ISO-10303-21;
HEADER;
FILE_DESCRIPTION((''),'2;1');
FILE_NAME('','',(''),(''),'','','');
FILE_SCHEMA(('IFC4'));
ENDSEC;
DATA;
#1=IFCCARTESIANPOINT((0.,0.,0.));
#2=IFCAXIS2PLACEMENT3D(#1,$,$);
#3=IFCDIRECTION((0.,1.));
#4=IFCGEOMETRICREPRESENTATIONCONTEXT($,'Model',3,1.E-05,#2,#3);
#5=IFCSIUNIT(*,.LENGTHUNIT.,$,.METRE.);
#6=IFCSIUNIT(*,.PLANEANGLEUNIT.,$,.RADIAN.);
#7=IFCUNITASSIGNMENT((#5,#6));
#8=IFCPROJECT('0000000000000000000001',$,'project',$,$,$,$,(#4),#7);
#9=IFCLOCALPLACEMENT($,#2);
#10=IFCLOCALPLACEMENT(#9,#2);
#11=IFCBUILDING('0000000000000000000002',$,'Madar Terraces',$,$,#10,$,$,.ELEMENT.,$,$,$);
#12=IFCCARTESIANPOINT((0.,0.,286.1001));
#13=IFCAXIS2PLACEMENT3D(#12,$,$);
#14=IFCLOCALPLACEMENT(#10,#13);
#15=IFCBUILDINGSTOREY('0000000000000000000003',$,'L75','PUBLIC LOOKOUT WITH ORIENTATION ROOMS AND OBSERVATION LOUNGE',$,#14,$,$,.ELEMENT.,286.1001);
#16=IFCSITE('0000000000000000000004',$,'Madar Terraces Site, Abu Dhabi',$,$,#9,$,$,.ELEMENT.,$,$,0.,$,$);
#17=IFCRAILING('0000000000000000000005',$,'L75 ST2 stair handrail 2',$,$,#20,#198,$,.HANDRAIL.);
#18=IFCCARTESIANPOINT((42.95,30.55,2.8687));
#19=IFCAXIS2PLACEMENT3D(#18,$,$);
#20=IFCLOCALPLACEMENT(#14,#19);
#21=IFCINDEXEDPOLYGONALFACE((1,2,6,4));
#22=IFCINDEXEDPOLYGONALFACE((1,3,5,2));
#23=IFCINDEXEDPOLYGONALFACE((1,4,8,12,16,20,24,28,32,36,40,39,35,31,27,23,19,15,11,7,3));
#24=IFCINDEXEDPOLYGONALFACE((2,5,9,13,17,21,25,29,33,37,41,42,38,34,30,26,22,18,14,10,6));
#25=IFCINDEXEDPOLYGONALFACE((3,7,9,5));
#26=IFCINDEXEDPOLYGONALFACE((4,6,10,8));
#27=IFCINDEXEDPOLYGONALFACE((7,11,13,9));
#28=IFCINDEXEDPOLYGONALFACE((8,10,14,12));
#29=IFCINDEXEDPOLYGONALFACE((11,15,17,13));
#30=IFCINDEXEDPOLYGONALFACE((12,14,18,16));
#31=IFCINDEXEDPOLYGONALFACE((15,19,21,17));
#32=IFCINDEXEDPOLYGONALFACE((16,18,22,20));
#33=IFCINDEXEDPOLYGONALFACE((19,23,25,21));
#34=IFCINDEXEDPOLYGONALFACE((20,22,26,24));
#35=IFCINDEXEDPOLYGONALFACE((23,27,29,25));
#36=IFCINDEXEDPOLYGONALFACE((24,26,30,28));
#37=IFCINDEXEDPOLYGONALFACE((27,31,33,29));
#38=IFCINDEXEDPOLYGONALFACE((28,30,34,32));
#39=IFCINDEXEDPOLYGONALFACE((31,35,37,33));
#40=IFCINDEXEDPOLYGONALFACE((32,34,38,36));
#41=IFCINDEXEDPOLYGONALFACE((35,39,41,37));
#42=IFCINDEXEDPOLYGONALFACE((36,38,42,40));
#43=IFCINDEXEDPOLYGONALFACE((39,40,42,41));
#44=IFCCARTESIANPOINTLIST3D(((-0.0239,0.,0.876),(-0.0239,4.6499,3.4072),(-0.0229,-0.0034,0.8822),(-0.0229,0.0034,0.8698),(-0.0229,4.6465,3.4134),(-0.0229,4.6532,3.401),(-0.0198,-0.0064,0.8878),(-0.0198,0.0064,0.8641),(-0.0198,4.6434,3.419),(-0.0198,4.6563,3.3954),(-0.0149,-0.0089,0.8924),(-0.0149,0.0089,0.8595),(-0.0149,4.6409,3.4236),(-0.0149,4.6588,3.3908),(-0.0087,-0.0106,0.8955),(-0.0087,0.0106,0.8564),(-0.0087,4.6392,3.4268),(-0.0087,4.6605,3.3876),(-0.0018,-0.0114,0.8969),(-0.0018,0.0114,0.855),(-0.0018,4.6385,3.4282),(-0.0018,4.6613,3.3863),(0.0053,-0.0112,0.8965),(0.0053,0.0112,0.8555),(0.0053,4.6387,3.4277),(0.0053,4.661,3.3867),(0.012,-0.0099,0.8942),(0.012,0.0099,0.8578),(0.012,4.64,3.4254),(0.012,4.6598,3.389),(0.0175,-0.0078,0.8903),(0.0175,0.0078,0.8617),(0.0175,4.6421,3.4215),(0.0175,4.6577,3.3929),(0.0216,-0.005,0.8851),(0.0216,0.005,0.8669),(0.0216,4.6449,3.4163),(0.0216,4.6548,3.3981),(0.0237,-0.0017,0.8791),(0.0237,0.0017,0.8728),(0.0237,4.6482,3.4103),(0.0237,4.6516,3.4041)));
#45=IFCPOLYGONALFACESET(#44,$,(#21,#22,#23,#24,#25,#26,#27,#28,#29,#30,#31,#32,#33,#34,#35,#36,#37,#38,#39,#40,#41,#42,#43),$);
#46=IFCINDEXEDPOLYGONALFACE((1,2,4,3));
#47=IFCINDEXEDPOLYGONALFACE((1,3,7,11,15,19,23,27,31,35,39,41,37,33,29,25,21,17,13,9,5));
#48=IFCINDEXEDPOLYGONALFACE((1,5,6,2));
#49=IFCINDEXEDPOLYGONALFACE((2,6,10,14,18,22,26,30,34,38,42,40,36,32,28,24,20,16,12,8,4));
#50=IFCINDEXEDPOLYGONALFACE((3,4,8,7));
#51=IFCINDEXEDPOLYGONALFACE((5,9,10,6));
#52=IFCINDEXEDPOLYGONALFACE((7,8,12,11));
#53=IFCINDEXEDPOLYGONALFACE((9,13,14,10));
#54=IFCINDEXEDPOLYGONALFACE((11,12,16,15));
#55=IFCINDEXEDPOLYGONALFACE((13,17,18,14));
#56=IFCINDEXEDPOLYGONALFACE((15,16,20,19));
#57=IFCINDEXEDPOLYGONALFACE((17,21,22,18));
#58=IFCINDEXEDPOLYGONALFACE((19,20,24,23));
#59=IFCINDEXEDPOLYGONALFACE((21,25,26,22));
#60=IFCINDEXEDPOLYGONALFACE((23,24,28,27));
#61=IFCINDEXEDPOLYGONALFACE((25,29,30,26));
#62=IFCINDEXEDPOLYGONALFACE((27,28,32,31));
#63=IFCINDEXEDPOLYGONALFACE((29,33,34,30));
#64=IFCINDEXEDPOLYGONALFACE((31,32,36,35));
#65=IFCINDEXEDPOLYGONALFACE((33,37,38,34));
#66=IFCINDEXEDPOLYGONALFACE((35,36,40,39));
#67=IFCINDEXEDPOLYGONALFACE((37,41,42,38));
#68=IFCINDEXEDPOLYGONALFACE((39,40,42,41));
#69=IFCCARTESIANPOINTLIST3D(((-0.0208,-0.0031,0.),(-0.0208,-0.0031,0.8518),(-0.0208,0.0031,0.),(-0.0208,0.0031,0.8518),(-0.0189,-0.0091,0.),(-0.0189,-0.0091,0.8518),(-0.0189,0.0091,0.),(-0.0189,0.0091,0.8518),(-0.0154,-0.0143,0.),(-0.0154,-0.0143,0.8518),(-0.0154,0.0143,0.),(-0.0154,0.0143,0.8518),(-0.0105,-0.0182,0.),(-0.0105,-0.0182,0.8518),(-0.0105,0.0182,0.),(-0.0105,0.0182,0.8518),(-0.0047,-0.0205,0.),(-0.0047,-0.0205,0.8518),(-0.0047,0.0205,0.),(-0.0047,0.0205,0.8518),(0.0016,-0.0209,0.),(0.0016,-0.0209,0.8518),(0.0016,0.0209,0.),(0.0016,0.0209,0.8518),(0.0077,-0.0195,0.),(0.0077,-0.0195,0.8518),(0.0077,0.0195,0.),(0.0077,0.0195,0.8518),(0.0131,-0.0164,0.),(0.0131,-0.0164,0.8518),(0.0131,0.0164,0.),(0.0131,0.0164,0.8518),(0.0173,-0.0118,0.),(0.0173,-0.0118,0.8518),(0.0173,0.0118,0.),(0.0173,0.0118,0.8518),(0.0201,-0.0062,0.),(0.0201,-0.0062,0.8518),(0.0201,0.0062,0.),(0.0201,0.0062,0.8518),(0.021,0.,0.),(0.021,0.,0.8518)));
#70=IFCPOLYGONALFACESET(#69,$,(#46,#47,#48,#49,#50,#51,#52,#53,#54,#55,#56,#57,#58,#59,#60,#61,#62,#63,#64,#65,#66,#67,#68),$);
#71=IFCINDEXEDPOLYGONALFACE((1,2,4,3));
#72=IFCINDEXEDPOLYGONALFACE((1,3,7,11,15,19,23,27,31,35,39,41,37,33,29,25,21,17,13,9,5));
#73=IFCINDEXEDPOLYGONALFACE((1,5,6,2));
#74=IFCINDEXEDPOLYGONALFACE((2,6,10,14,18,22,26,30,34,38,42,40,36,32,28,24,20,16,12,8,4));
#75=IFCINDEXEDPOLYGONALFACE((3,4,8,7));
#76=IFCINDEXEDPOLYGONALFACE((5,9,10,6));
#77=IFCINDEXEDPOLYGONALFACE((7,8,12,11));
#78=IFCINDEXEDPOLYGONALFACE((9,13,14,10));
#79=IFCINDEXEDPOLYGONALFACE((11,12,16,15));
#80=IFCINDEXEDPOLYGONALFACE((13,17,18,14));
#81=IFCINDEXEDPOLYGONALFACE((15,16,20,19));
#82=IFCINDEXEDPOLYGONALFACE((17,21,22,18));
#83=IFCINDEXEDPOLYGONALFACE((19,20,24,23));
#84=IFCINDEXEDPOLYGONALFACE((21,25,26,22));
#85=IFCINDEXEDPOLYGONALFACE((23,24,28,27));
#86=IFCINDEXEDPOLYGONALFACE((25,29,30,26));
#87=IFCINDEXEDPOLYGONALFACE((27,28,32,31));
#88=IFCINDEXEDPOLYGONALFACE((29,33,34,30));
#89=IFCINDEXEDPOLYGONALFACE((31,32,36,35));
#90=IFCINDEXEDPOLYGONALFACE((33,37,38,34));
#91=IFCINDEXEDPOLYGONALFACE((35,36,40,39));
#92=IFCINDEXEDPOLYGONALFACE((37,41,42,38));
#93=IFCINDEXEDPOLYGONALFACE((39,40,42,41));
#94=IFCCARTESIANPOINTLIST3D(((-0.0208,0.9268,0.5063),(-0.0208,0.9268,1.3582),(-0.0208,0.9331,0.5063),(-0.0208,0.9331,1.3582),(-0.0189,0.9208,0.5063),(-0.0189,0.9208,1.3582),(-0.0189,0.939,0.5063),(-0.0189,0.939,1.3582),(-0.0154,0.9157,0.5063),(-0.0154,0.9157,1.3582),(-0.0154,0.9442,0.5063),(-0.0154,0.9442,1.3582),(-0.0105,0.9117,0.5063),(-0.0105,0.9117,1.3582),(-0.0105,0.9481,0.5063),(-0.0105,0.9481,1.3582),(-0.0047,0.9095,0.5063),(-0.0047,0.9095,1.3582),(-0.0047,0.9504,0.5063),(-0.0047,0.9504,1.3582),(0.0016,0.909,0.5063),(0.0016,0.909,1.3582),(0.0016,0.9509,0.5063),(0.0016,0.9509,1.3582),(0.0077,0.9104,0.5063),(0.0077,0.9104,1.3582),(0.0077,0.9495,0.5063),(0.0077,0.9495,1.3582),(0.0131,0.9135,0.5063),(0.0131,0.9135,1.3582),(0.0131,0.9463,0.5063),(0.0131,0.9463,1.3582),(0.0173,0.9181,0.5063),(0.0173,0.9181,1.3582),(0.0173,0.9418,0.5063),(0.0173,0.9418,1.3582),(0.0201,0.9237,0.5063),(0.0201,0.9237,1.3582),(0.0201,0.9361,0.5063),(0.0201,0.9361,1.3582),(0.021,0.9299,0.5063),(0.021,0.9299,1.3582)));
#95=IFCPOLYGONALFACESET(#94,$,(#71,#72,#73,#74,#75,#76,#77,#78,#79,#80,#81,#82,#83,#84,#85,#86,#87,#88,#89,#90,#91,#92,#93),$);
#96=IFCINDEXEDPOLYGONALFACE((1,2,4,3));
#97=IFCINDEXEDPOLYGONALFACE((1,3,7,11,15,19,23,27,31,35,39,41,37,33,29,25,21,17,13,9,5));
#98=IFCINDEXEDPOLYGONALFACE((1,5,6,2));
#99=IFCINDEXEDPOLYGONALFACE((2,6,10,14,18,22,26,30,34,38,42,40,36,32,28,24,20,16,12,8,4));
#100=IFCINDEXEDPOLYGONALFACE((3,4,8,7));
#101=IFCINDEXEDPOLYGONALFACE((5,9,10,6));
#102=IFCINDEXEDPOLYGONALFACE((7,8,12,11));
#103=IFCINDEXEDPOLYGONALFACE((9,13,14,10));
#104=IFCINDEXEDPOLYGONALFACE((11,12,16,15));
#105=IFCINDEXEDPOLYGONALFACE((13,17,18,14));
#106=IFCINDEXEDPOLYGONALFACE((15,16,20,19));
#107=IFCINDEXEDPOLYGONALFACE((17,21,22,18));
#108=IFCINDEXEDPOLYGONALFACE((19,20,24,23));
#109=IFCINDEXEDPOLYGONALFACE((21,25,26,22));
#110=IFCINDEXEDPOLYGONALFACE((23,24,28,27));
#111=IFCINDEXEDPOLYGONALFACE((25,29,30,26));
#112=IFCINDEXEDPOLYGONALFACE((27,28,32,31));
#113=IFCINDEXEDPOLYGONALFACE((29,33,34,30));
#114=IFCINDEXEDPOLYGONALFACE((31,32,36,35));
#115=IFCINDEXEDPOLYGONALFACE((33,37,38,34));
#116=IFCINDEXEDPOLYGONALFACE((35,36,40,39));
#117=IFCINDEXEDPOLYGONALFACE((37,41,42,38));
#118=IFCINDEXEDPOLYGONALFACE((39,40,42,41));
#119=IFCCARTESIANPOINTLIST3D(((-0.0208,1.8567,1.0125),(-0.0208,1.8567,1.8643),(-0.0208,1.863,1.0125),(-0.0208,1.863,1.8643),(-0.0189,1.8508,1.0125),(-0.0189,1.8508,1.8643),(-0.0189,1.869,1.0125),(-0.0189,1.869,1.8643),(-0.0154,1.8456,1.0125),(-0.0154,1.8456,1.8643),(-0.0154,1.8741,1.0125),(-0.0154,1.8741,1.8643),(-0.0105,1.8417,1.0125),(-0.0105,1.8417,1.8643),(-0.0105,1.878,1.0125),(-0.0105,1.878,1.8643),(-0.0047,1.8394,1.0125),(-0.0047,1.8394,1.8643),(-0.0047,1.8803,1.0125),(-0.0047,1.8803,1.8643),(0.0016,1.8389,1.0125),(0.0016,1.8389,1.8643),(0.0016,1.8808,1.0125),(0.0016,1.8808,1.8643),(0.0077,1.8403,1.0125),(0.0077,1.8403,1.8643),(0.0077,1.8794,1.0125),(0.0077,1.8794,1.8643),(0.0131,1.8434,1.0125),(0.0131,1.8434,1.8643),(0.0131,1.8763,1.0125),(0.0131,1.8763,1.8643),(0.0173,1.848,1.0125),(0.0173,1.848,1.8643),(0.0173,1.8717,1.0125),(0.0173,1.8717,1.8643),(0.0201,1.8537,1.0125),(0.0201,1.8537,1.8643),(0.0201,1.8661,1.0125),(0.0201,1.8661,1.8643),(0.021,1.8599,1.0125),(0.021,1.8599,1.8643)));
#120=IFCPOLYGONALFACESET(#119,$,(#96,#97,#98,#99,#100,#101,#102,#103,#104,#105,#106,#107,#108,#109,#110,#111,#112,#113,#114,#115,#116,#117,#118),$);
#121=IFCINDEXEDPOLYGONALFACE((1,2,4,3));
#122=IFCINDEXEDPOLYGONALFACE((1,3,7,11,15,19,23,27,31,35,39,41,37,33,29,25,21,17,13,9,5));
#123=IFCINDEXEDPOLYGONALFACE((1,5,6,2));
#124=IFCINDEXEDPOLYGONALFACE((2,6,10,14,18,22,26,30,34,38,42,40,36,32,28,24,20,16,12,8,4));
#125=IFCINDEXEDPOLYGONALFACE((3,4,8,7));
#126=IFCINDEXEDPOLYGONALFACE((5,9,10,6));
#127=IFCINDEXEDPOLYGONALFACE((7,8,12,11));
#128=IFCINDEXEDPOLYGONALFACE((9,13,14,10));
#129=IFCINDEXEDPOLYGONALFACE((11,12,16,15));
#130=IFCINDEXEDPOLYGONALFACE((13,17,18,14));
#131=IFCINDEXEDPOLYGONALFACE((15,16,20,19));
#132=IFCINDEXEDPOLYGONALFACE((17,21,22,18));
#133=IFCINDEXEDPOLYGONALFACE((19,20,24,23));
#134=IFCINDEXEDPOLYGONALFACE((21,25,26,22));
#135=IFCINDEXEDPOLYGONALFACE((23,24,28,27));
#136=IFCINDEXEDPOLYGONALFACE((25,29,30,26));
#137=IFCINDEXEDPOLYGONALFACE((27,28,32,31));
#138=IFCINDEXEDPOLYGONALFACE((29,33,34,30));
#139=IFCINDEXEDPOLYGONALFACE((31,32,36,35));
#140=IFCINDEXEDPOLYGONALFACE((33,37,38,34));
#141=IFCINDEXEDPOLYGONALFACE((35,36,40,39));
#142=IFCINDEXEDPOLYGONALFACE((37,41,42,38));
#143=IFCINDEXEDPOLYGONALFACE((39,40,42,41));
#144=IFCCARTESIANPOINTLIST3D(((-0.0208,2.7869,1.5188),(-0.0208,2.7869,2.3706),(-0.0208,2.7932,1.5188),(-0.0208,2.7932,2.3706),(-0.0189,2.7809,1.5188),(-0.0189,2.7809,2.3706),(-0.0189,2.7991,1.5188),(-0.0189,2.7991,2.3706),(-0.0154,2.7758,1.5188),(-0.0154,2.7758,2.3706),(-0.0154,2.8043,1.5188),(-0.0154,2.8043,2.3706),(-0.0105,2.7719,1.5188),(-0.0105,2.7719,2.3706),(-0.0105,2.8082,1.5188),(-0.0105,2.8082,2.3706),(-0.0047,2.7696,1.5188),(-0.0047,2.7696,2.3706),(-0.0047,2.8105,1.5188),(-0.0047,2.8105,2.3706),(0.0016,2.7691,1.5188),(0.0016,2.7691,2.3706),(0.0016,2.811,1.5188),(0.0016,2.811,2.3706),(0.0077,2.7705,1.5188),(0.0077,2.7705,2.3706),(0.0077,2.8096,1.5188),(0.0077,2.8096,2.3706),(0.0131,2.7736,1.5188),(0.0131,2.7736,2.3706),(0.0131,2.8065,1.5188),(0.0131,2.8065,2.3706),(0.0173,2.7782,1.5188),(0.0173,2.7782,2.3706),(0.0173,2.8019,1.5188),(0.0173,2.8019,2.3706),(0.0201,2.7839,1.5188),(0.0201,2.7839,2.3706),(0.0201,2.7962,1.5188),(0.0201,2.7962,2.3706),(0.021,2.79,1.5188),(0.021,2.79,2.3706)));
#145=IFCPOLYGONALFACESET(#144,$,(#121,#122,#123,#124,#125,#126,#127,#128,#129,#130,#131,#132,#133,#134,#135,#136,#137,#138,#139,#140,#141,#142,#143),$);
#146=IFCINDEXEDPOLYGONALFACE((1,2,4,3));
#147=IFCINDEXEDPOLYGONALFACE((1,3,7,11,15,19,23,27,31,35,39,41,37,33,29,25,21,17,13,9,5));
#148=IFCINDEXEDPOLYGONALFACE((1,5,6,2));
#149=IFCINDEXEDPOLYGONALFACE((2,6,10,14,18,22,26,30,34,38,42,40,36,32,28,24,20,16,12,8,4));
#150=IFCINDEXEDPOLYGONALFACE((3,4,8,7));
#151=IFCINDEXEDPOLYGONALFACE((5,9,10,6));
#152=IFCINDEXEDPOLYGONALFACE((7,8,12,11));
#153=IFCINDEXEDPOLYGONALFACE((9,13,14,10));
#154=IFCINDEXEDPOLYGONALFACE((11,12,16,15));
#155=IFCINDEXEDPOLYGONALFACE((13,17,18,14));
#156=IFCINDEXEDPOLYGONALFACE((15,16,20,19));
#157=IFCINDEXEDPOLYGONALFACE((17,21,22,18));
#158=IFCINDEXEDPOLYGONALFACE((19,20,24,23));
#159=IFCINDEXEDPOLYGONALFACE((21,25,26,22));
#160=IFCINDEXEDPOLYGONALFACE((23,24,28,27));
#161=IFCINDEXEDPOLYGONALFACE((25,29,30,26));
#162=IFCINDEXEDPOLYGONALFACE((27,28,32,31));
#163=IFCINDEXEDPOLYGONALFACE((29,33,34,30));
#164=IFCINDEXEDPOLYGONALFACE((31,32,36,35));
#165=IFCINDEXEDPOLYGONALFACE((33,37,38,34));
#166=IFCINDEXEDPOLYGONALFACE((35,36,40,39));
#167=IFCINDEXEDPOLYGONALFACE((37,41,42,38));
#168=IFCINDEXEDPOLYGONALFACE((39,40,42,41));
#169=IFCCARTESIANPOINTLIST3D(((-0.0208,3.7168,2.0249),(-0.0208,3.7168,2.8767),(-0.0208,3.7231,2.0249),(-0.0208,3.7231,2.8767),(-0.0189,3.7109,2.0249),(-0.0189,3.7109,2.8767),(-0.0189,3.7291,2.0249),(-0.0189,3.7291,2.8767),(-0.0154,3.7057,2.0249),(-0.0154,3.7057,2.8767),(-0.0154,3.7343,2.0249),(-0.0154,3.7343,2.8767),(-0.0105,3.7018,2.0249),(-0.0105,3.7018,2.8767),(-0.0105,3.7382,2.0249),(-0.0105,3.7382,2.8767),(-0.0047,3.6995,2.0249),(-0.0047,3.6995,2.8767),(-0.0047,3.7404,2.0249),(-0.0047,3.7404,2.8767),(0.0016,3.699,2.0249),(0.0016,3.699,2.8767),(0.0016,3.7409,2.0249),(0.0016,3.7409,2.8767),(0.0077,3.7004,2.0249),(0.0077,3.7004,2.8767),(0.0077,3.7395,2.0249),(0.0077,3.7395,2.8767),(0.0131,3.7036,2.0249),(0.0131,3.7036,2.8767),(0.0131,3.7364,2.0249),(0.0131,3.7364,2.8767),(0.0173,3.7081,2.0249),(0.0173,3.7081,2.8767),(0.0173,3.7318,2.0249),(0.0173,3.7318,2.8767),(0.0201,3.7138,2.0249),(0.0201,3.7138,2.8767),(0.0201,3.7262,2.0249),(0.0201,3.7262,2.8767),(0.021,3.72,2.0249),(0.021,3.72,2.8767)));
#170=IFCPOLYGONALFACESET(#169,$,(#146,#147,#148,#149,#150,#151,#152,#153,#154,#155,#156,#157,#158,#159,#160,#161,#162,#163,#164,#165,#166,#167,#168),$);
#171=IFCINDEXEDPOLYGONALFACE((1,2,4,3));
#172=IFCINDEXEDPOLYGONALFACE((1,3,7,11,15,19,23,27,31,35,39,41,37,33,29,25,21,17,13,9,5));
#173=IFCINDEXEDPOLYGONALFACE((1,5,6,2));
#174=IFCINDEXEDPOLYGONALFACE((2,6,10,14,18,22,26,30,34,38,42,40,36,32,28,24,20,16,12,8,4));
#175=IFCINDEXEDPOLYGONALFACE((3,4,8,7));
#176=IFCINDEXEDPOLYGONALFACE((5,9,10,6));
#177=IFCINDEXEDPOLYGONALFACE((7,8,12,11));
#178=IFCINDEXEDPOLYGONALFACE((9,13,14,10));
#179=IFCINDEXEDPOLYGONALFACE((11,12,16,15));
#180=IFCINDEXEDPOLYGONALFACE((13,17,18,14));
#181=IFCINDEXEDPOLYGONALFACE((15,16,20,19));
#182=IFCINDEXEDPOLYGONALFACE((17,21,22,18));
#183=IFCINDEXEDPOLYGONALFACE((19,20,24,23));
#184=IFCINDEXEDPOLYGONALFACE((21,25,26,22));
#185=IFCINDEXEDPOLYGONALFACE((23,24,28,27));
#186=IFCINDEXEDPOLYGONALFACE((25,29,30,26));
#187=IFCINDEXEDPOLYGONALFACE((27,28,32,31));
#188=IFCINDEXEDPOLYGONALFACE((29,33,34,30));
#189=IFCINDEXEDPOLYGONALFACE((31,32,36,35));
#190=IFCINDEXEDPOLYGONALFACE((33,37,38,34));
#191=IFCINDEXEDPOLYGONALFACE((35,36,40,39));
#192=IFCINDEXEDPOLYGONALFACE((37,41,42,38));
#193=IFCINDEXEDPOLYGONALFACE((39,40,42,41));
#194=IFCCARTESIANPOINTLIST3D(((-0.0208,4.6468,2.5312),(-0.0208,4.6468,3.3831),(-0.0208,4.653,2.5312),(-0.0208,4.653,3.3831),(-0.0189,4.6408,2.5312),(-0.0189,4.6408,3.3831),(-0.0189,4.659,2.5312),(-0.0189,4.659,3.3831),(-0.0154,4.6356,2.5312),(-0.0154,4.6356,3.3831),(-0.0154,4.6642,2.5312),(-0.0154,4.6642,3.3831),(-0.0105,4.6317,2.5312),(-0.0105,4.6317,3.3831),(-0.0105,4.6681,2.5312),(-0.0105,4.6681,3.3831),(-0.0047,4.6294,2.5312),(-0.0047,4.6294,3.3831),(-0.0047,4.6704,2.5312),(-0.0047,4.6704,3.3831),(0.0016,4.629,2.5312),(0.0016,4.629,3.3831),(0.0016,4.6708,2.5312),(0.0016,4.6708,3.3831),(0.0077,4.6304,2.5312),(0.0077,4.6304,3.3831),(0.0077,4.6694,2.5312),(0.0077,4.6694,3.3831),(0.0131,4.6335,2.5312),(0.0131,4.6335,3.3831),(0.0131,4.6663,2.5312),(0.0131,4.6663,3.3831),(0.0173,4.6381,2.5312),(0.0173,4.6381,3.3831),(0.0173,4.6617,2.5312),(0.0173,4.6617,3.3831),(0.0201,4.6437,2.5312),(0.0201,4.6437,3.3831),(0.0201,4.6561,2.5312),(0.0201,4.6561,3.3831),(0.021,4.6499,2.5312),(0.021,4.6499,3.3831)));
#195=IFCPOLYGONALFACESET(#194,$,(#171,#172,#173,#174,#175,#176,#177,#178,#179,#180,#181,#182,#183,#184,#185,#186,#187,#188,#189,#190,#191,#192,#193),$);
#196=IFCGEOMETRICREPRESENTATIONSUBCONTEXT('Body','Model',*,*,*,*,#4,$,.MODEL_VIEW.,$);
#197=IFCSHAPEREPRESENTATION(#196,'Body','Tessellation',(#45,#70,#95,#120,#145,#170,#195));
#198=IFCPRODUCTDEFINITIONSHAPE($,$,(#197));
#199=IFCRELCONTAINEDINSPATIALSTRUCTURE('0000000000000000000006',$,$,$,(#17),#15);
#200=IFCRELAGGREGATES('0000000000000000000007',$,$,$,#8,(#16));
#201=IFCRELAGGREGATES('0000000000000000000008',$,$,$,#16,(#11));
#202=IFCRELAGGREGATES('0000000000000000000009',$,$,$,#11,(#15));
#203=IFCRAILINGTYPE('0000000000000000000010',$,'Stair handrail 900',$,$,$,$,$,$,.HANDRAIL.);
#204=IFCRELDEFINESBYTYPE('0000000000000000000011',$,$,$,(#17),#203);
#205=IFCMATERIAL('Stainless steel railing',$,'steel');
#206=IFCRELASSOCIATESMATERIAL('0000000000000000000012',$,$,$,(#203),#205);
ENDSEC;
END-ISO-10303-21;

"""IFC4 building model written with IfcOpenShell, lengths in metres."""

from ifc_helpers import new_model, si_unit, direction, frame, origin, origin_2d, place, context, subcontext, project, spatial, circle, extrude, material, type_object, element, save


model = new_model("IFC4")

# Units and contexts
model_context = context("Model", 3, precision=1e-05, world=origin(), true_north=direction((0.0, 1.0)))
body_context = subcontext(model_context, "Body", "Model", "MODEL_VIEW")
ifc_project = project(units=[si_unit("LENGTHUNIT", "METRE"), si_unit("PLANEANGLEUNIT", "RADIAN")], contexts=[model_context])

# Site, building, storey
site_placement = place(None, origin())
site = spatial("IfcSite", under=ifc_project, at=site_placement, Name="Madar Terraces Site, Abu Dhabi", CompositionType="ELEMENT", RefElevation=0.0)
building_placement = place(site_placement, origin())
building = spatial("IfcBuilding", under=site, at=building_placement, Name="Madar Terraces", CompositionType="ELEMENT")
storey_placement = place(building_placement, frame((0.0, 0.0, 286.1001)))
storey = spatial("IfcBuildingStorey", under=building, at=storey_placement, Name="L75", Description="PUBLIC LOOKOUT WITH ORIENTATION ROOMS AND OBSERVATION LOUNGE", CompositionType="ELEMENT", Elevation=286.1001)

# Railing
ifc_material_1 = material(Name="Stainless steel railing", Category="steel")
railing_type_1 = type_object("IfcRailingType", Name="Stair handrail 900", PredefinedType="HANDRAIL", material=ifc_material_1)
railing_1_placement = place(storey_placement, frame((42.95, 30.55, 2.8687)))
element("IfcRailing", 1, at=railing_1_placement, inside=storey, type_object=railing_type_1, Name="L75 ST2 stair handrail 2", PredefinedType="HANDRAIL", context=body_context, shape_type="SweptSolid", body=[
    extrude(circle(Radius=0.0239, at=origin_2d()), frame((0.0, 0.0, 0.876), z_axis=(0.0, 0.878297, 0.478115), x_axis=(-1.0, 0.0, 0.0)), (0.0, 0.0, 1.0), 5.2942),
    extrude(circle(Radius=0.021, at=origin_2d()), origin(), (0.0, 0.0, 1.0), 0.8518),
    extrude(circle(Radius=0.021, at=origin_2d()), frame((0.0, 0.9299, 0.5063)), (0.0, 0.0, 1.0), 0.8518),
    extrude(circle(Radius=0.021, at=origin_2d()), frame((0.0, 1.8599, 1.0125)), (0.0, 0.0, 1.0), 0.8518),
    extrude(circle(Radius=0.021, at=origin_2d()), frame((0.0, 2.79, 1.5188)), (0.0, 0.0, 1.0), 0.8518),
    extrude(circle(Radius=0.021, at=origin_2d()), frame((0.0, 3.72, 2.0249)), (0.0, 0.0, 1.0), 0.8518),
    extrude(circle(Radius=0.021, at=origin_2d()), frame((0.0, 4.6499, 2.5312)), (0.0, 0.0, 1.0), 0.8518),
])

save(model, "model.ifc")
